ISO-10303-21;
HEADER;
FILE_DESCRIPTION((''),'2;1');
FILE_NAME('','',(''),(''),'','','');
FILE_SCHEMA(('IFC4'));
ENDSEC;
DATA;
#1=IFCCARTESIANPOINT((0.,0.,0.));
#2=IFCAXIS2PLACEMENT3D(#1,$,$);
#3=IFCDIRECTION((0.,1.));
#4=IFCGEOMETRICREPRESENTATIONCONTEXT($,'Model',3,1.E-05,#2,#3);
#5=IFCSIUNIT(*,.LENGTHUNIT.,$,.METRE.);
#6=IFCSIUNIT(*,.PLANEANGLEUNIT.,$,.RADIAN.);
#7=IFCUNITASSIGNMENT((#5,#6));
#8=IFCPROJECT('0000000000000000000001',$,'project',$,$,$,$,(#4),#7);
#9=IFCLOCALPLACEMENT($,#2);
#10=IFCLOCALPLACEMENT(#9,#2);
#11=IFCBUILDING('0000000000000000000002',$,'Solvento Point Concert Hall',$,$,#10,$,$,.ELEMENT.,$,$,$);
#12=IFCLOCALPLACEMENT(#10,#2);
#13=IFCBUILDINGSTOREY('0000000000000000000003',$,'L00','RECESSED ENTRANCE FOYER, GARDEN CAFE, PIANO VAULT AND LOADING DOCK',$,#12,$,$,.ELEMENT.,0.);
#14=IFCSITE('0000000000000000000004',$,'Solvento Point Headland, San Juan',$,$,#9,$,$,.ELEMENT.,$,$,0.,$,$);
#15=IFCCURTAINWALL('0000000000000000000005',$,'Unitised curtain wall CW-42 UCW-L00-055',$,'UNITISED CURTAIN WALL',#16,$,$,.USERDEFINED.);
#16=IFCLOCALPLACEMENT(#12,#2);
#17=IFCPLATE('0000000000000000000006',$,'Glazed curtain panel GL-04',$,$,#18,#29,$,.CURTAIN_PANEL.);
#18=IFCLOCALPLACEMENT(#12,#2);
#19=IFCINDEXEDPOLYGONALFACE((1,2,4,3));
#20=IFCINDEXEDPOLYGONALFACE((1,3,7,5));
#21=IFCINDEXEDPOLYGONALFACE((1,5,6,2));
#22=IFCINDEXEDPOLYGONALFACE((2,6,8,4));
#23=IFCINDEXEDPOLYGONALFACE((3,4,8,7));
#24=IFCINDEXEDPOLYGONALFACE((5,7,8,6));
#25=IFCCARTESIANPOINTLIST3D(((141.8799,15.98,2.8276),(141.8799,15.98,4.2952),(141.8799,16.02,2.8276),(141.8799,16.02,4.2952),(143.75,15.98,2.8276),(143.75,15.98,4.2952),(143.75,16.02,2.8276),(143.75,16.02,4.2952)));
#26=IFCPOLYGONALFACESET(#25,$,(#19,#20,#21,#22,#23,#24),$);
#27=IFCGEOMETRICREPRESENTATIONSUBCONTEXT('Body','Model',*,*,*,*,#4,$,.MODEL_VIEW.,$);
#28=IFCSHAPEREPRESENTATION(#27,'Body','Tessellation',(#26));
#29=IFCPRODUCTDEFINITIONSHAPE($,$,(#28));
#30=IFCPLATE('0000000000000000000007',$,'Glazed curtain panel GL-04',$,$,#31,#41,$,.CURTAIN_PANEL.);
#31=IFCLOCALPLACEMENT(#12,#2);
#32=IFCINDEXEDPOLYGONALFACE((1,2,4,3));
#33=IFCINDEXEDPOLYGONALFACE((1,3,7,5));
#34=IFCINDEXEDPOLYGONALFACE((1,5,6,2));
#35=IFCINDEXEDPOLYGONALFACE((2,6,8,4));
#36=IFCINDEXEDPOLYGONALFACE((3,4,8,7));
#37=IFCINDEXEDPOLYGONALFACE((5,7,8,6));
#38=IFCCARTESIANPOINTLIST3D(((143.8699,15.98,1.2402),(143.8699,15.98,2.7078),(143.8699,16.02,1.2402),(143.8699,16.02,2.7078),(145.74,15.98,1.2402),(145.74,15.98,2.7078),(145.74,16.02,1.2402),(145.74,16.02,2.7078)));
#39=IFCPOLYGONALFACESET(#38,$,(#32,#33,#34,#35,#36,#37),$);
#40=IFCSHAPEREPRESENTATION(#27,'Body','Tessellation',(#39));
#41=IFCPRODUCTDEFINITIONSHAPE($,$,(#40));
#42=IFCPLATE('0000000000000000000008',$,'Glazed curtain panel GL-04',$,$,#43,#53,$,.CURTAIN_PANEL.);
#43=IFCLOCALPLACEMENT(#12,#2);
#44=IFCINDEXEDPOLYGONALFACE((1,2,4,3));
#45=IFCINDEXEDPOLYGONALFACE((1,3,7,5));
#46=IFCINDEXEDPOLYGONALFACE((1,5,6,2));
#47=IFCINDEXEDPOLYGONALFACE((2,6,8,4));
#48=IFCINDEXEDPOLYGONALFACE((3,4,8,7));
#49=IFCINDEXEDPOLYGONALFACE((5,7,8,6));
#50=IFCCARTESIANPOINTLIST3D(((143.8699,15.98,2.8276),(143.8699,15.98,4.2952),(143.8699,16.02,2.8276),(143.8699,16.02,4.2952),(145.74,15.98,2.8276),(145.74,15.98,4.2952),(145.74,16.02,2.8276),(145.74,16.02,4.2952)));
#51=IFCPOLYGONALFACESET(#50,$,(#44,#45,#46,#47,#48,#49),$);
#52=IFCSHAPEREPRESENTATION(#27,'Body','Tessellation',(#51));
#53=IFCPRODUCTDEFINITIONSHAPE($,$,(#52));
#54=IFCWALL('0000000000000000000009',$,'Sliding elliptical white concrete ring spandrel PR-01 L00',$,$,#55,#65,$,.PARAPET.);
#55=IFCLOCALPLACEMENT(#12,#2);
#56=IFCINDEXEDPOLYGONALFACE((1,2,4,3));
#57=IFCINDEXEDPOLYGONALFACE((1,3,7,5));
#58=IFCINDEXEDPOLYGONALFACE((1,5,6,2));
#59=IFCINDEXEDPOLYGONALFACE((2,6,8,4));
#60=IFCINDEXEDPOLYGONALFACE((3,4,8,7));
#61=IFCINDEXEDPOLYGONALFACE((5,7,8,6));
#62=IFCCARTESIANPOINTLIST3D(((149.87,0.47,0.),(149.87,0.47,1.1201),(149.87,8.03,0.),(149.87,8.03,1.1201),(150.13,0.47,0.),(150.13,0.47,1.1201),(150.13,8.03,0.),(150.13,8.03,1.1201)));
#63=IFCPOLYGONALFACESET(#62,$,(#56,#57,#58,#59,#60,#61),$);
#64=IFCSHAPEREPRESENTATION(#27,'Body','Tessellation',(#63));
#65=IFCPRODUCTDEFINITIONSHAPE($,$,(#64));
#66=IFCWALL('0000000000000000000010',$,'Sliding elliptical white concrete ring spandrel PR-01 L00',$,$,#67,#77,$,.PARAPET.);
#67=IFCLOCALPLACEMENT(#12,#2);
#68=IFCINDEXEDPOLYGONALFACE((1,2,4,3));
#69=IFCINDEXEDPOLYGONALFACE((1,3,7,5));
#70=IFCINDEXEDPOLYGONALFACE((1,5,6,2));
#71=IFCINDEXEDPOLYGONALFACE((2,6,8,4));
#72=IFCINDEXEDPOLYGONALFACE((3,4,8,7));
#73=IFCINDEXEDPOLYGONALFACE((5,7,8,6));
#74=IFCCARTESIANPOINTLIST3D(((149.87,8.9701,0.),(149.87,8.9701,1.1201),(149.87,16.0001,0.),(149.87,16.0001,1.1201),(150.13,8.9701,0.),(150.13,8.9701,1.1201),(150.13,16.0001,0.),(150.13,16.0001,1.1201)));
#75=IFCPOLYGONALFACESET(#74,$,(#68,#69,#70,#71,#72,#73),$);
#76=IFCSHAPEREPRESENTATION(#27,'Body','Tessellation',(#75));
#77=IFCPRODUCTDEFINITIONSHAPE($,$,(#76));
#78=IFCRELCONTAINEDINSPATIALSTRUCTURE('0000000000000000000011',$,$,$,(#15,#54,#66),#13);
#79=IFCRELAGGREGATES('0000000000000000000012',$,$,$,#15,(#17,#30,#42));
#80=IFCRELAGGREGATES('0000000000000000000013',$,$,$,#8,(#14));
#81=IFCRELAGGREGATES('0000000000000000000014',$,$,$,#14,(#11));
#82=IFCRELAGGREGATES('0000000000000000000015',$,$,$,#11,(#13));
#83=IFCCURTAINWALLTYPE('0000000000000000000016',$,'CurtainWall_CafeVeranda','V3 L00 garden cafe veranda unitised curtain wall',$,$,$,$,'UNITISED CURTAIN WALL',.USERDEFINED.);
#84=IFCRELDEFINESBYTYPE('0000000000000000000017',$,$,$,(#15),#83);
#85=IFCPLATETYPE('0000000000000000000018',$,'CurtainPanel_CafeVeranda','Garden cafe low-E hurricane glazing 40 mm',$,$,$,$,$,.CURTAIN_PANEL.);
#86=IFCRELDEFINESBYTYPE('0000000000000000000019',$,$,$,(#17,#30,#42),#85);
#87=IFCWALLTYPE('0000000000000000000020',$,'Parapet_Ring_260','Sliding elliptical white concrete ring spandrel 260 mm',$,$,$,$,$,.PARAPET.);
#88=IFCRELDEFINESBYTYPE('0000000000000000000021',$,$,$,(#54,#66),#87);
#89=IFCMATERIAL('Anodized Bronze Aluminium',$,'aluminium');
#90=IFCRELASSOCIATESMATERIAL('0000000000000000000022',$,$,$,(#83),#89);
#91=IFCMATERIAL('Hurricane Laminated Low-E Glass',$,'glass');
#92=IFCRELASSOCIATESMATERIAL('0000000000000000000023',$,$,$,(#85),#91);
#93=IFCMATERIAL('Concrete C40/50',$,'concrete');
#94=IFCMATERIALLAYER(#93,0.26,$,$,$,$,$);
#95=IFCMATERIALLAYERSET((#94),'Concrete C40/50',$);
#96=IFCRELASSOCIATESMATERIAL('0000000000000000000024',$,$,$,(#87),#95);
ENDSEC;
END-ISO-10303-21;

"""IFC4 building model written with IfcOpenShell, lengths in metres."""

from ifc_helpers import new_model, si_unit, direction, frame, frame_2d, origin, origin_2d, place, context, subcontext, project, spatial, rectangle, extrude, material, layer, layer_set, type_object, element, aggregate, save


model = new_model("IFC4")

# Units and contexts
model_context = context("Model", 3, precision=1e-05, world=origin(), true_north=direction((0.0, 1.0)))
body_context = subcontext(model_context, "Body", "Model", "MODEL_VIEW")
ifc_project = project(units=[si_unit("LENGTHUNIT", "METRE"), si_unit("PLANEANGLEUNIT", "RADIAN")], contexts=[model_context])

# Site, building, storey
site_placement = place(None, origin())
site = spatial("IfcSite", under=ifc_project, at=site_placement, Name="Solvento Point Headland, San Juan", CompositionType="ELEMENT", RefElevation=0.0)
building_placement = place(site_placement, origin())
building = spatial("IfcBuilding", under=site, at=building_placement, Name="Solvento Point Concert Hall", CompositionType="ELEMENT")
storey_placement = place(building_placement, origin())
storey = spatial("IfcBuildingStorey", under=building, at=storey_placement, Name="L00", Description="RECESSED ENTRANCE FOYER, GARDEN CAFE, PIANO VAULT AND LOADING DOCK", CompositionType="ELEMENT", Elevation=0.0)

# Shared definitions
ifc_material_1 = material(Name="Anodized Bronze Aluminium", Category="aluminium")
curtain_wall_type = type_object("IfcCurtainWallType", Name="CurtainWall_CafeVeranda", Description="V3 L00 garden cafe veranda unitised curtain wall", ElementType="UNITISED CURTAIN WALL", PredefinedType="USERDEFINED", material=ifc_material_1)

# Curtain wall
curtain_wall_1_placement = place(storey_placement, origin())
curtain_wall_1 = element("IfcCurtainWall", 1, at=curtain_wall_1_placement, inside=storey, type_object=curtain_wall_type, Name="Unitised curtain wall CW-42 UCW-L00-055", ObjectType="UNITISED CURTAIN WALL", PredefinedType="USERDEFINED")

# Plates
ifc_material_2 = material(Name="Hurricane Laminated Low-E Glass", Category="glass")
plate_type = type_object("IfcPlateType", Name="CurtainPanel_CafeVeranda", Description="Garden cafe low-E hurricane glazing 40 mm", PredefinedType="CURTAIN_PANEL", material=ifc_material_2)
plate_1_placement = place(storey_placement, frame((142.8149, 16.0, 2.8276), z_axis=(0.0, 0.0, 1.0), x_axis=(1.0, 0.0, 0.0)))
plate_1 = element("IfcPlate", 2, at=plate_1_placement, type_object=plate_type, Name="Glazed curtain panel GL-04", PredefinedType="CURTAIN_PANEL", context=body_context, shape_type="SweptSolid", body=[
    extrude(rectangle(XDim=1.8701, YDim=0.04, at=origin_2d()), origin(), (0.0, 0.0, 1.0), 1.4675),
])
plate_2_placement = place(storey_placement, frame((144.8049, 16.0, 1.2402), z_axis=(0.0, 0.0, 1.0), x_axis=(1.0, 0.0, 0.0)))
plate_2 = element("IfcPlate", 3, at=plate_2_placement, type_object=plate_type, Name="Glazed curtain panel GL-04", PredefinedType="CURTAIN_PANEL", context=body_context, shape_type="SweptSolid", body=[
    extrude(rectangle(XDim=1.8701, YDim=0.04, at=origin_2d()), origin(), (0.0, 0.0, 1.0), 1.4675),
])
plate_3_placement = place(storey_placement, frame((144.8049, 16.0, 2.8276), z_axis=(0.0, 0.0, 1.0), x_axis=(1.0, 0.0, 0.0)))
plate_3 = element("IfcPlate", 4, at=plate_3_placement, type_object=plate_type, Name="Glazed curtain panel GL-04", PredefinedType="CURTAIN_PANEL", context=body_context, shape_type="SweptSolid", body=[
    extrude(rectangle(XDim=1.8701, YDim=0.04, at=origin_2d()), origin(), (0.0, 0.0, 1.0), 1.4675),
])
aggregate(curtain_wall_1, [plate_1, plate_2, plate_3])

# Walls
ifc_material_3 = material(Name="Concrete C40/50", Category="concrete")
ifc_layer = layer(ifc_material_3, 0.26)
ifc_layer_set = layer_set([ifc_layer], Name="Concrete C40/50")
wall_type = type_object("IfcWallType", Name="Parapet_Ring_260", Description="Sliding elliptical white concrete ring spandrel 260 mm", PredefinedType="PARAPET", material=ifc_layer_set)
wall_1_placement = place(storey_placement, frame((150.0, 0.47, 0.0), z_axis=(0.0, 0.0, 1.0), x_axis=(0.0, 1.0, 0.0)))
element("IfcWall", 5, at=wall_1_placement, inside=storey, type_object=wall_type, Name="Sliding elliptical white concrete ring spandrel PR-01 L00", PredefinedType="PARAPET", context=body_context, shape_type="SweptSolid", body=[
    extrude(rectangle(XDim=7.5601, YDim=0.26, at=frame_2d((3.78, 0.0))), origin(), (0.0, 0.0, 1.0), 1.1201),
])
wall_2_placement = place(storey_placement, frame((150.0, 8.97, 0.0), z_axis=(0.0, 0.0, 1.0), x_axis=(0.0, 1.0, 0.0)))
element("IfcWall", 6, at=wall_2_placement, inside=storey, type_object=wall_type, Name="Sliding elliptical white concrete ring spandrel PR-01 L00", PredefinedType="PARAPET", context=body_context, shape_type="SweptSolid", body=[
    extrude(rectangle(XDim=7.03, YDim=0.26, at=frame_2d((3.5151, 0.0))), origin(), (0.0, 0.0, 1.0), 1.1201),
])

save(model, "model.ifc")
